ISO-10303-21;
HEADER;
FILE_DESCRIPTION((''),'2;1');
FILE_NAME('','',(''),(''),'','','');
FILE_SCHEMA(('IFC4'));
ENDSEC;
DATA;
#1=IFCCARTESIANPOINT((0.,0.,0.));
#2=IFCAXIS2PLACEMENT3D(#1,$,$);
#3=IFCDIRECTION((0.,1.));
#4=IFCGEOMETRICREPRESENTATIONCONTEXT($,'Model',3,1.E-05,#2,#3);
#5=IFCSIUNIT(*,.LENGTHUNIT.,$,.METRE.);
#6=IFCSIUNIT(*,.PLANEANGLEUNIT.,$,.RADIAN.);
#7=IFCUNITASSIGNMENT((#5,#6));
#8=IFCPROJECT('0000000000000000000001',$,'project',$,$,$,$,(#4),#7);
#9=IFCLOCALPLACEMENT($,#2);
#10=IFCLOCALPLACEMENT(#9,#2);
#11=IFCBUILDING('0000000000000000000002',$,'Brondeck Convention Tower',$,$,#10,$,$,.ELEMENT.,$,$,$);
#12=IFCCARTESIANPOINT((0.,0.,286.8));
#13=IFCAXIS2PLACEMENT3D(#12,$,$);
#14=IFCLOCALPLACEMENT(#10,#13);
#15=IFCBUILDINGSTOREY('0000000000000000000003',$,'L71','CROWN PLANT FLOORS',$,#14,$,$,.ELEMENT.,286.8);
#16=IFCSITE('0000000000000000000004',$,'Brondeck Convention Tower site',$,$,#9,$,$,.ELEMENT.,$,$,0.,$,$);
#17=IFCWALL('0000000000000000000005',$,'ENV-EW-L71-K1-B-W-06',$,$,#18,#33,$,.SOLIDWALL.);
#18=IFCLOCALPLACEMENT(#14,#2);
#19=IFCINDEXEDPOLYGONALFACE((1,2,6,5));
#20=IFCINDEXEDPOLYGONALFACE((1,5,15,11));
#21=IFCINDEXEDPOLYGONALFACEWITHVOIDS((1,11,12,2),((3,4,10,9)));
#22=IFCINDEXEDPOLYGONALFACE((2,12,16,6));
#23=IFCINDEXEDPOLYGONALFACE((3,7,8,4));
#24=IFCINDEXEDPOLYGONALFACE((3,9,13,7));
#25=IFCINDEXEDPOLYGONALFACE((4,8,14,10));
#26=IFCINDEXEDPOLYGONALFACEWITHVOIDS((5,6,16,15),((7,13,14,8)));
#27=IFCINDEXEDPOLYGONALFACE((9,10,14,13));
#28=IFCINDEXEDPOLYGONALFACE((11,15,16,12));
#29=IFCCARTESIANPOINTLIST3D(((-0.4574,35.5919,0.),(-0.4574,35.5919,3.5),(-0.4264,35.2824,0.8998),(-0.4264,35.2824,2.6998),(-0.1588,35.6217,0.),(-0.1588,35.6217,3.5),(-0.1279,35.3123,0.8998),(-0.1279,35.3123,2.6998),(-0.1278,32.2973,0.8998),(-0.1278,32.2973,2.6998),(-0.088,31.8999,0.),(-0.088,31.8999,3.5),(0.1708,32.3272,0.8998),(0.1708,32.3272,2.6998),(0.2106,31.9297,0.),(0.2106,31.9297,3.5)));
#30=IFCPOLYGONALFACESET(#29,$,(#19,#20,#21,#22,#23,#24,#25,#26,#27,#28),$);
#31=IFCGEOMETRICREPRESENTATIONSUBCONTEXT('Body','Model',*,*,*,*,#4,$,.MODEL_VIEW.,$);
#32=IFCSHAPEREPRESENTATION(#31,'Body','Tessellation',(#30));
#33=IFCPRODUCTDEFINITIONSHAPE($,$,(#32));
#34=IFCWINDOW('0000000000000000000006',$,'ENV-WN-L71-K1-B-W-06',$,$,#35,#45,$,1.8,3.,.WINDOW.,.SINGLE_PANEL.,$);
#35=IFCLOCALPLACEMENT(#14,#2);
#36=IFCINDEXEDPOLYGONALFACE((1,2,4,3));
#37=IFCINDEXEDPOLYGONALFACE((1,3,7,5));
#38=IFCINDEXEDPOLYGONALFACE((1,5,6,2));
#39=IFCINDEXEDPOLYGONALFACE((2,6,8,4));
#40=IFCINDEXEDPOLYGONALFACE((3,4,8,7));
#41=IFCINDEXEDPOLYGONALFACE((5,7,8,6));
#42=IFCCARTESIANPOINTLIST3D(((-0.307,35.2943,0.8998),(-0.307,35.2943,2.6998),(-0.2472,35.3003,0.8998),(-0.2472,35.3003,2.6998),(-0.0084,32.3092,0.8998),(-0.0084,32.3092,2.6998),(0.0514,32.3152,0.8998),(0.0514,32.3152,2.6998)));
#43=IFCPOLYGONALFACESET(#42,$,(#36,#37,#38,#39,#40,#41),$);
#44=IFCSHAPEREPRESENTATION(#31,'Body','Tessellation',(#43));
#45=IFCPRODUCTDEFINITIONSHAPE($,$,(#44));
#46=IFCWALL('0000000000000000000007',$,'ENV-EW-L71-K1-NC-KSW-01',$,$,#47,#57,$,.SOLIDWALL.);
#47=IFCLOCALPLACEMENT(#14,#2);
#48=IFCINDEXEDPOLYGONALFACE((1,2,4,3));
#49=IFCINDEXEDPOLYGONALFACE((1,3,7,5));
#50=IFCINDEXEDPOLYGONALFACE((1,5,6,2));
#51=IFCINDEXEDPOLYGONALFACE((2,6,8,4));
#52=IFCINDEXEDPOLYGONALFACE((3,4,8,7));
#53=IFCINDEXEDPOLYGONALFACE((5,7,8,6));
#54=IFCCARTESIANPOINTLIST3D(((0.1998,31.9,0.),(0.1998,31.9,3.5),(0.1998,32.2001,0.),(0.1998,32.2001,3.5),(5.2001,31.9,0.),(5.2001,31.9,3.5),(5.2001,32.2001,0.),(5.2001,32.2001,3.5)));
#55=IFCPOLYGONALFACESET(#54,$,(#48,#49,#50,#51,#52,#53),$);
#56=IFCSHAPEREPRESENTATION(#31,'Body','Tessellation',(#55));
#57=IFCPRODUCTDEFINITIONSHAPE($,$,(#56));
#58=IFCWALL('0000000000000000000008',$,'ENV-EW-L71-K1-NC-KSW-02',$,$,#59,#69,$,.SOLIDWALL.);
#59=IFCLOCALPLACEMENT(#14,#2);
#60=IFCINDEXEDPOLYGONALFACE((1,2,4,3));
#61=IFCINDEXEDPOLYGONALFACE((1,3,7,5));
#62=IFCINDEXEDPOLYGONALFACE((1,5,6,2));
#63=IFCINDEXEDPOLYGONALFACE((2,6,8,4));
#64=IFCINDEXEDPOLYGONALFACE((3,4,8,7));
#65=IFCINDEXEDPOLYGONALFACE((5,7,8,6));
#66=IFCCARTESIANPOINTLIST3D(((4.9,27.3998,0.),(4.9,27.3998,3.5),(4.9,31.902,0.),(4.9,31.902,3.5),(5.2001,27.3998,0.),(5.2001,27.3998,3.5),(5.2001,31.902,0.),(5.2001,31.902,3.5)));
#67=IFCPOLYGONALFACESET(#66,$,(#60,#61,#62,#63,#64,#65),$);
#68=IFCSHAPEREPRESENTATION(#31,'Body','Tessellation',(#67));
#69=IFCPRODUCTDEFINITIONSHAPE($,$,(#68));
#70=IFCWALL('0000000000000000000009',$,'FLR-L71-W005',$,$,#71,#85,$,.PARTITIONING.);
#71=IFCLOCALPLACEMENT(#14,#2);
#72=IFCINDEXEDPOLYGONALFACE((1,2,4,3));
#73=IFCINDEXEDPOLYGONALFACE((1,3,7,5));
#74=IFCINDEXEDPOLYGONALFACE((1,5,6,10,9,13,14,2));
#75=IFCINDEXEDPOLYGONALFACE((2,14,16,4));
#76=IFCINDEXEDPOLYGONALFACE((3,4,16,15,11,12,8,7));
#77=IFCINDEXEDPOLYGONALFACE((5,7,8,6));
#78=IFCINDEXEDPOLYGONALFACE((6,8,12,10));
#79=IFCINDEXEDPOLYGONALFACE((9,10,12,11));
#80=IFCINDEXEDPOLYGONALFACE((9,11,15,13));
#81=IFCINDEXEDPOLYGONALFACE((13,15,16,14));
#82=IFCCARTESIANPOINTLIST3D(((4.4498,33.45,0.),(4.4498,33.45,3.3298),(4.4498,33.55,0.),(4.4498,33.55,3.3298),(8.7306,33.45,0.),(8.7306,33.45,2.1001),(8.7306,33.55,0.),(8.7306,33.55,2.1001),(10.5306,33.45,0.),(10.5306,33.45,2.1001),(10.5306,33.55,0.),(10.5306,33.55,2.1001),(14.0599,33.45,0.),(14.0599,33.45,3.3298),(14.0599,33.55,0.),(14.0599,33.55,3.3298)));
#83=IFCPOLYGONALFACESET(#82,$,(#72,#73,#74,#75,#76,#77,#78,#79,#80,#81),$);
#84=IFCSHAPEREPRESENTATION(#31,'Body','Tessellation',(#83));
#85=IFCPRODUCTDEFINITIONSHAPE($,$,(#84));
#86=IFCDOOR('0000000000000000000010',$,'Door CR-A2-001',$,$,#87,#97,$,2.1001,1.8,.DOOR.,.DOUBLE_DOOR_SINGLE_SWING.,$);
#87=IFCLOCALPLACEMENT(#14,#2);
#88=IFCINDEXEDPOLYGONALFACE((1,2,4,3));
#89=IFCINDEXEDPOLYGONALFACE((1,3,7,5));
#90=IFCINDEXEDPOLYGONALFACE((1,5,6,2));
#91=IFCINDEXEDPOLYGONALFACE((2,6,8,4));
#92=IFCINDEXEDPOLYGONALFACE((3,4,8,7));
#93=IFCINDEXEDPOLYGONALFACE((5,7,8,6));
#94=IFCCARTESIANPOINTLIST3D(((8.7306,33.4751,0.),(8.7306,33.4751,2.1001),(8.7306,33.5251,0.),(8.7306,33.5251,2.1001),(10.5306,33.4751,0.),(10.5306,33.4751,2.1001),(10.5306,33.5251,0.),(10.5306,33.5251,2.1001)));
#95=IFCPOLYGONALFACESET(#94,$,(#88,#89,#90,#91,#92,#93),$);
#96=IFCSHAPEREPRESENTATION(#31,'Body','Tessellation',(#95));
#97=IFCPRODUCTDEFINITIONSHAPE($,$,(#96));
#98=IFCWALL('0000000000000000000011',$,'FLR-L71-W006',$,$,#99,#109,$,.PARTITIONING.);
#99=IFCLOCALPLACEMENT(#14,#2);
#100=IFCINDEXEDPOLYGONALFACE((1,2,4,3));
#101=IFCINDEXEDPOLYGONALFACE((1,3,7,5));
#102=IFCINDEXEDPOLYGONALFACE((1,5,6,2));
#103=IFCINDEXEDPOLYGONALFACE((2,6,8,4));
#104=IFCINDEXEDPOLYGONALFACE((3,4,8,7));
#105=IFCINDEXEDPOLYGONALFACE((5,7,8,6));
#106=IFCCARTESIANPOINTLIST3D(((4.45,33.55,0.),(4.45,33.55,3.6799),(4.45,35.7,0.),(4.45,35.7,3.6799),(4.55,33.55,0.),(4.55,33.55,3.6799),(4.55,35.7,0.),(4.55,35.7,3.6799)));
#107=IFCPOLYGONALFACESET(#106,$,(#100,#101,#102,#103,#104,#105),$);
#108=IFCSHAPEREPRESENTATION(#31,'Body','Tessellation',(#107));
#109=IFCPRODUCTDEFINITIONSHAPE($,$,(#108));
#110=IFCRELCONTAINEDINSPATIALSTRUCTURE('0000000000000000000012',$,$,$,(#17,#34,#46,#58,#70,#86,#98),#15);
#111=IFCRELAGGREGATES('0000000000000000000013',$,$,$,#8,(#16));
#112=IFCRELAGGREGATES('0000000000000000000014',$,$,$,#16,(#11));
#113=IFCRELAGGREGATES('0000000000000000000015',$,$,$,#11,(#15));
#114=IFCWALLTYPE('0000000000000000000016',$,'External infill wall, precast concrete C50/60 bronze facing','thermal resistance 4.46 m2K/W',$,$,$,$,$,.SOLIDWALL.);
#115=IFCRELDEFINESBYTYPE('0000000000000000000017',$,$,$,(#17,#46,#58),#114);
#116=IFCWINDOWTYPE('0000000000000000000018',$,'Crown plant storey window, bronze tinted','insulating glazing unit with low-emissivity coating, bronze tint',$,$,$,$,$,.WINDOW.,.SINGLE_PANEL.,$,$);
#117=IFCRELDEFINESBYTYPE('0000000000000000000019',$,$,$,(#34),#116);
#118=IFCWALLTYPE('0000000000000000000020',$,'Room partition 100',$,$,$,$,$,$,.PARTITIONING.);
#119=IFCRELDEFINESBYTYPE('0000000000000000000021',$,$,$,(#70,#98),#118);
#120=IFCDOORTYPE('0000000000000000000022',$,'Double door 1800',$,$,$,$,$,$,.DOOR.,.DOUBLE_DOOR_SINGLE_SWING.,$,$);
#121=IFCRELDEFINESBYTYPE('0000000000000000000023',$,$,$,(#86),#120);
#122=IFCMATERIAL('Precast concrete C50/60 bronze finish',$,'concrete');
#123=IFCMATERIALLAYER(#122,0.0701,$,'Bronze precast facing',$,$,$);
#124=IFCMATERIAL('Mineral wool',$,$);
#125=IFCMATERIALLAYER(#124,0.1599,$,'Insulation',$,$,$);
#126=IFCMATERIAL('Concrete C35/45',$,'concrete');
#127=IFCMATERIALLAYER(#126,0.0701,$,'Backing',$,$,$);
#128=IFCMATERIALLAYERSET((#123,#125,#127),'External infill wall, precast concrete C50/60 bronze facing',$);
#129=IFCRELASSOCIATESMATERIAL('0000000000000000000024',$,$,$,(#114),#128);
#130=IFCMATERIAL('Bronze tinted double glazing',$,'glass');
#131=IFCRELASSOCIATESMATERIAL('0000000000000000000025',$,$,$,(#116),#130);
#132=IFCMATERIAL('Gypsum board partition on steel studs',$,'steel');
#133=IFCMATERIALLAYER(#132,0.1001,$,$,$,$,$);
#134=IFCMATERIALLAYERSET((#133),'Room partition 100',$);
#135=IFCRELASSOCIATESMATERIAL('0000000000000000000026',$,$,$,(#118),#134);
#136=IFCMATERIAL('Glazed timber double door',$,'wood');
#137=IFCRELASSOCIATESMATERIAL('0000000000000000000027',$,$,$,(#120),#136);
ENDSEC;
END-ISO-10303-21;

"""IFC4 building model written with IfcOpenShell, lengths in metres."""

from ifc_helpers import new_model, si_unit, direction, frame, frame_2d, origin, place, context, subcontext, project, spatial, rectangle, extrude, material, layer, layer_set, type_object, element, fill, save


model = new_model("IFC4")

# Units and contexts
model_context = context("Model", 3, precision=1e-05, world=origin(), true_north=direction((0.0, 1.0)))
body_context = subcontext(model_context, "Body", "Model", "MODEL_VIEW")
ifc_project = project(units=[si_unit("LENGTHUNIT", "METRE"), si_unit("PLANEANGLEUNIT", "RADIAN")], contexts=[model_context])

# Site, building, storey
site_placement = place(None, origin())
site = spatial("IfcSite", under=ifc_project, at=site_placement, Name="Brondeck Convention Tower site", CompositionType="ELEMENT", RefElevation=0.0)
building_placement = place(site_placement, origin())
building = spatial("IfcBuilding", under=site, at=building_placement, Name="Brondeck Convention Tower", CompositionType="ELEMENT")
storey_placement = place(building_placement, frame((0.0, 0.0, 286.8)))
storey = spatial("IfcBuildingStorey", under=building, at=storey_placement, Name="L71", Description="CROWN PLANT FLOORS", CompositionType="ELEMENT", Elevation=286.8)

# Shared definitions
ifc_material_1 = material(Name="Concrete C35/45", Category="concrete")

# Shared definitions
ifc_material_2 = material(Name="Precast concrete C50/60 bronze finish", Category="concrete")
ifc_layer_1 = layer(ifc_material_2, 0.0701, Name="Bronze precast facing")
ifc_material_3 = material(Name="Mineral wool")
ifc_layer_2 = layer(ifc_material_3, 0.1599, Name="Insulation")
ifc_layer_3 = layer(ifc_material_1, 0.0701, Name="Backing")
ifc_layer_set_1 = layer_set([ifc_layer_1, ifc_layer_2, ifc_layer_3], Name="External infill wall, precast concrete C50/60 bronze facing")
wall_type_1 = type_object("IfcWallType", Name="External infill wall, precast concrete C50/60 bronze facing", Description="thermal resistance 4.46 m2K/W", PredefinedType="SOLIDWALL", material=ifc_layer_set_1)
ifc_material_4 = material(Name="Bronze tinted double glazing", Category="glass")
window_type = type_object("IfcWindowType", Name="Crown plant storey window, bronze tinted", Description="insulating glazing unit with low-emissivity coating, bronze tint", PartitioningType="SINGLE_PANEL", PredefinedType="WINDOW", material=ifc_material_4)

# Wall, opening, window
wall_1_placement = place(storey_placement, frame((0.0613, 31.9148, 0.0), z_axis=(0.0, 0.0, 1.0), x_axis=(-0.099549, 0.995033, 0.0)))
wall_1 = element("IfcWall", 1, at=wall_1_placement, inside=storey, type_object=wall_type_1, Name="ENV-EW-L71-K1-B-W-06", PredefinedType="SOLIDWALL", context=body_context, shape_type="SweptSolid", body=[
    extrude(rectangle(XDim=3.7104, YDim=0.3, at=frame_2d((1.8552, 0.0))), origin(), (0.0, 0.0, 1.0), 3.5),
])
opening_1_placement = place(wall_1_placement, frame((0.3994, 0.0, 0.8999)))
opening_1 = element("IfcOpeningElement", 2, at=opening_1_placement, cuts=wall_1, PredefinedType="OPENING", context=body_context, shape_type="SweptSolid", body=[
    extrude(rectangle(XDim=3.0, YDim=1.8, at=frame_2d((1.5, 0.8999))), frame((0.0, 0.1599, 0.0), z_axis=(0.0, -1.0, 0.0), x_axis=(1.0, 0.0, 0.0)), (0.0, 0.0, 1.0), 0.3201),
])
window_1_placement = place(opening_1_placement, origin())
window_1 = element("IfcWindow", 3, at=window_1_placement, inside=storey, type_object=window_type, Name="ENV-WN-L71-K1-B-W-06", OverallHeight=1.8, OverallWidth=3.0, PartitioningType="SINGLE_PANEL", PredefinedType="WINDOW", context=body_context, shape_type="SweptSolid", body=[
    extrude(rectangle(XDim=3.0, YDim=1.8, at=frame_2d((1.5, 0.8999))), frame((0.0, 0.03, 0.0), z_axis=(0.0, -1.0, 0.0), x_axis=(1.0, 0.0, 0.0)), (0.0, 0.0, 1.0), 0.0601),
])
fill(opening_1, window_1)

# Walls
wall_2_placement = place(storey_placement, frame((5.2, 32.05, 0.0), z_axis=(0.0, 0.0, 1.0), x_axis=(-1.0, 0.0, 0.0)))
element("IfcWall", 4, at=wall_2_placement, inside=storey, type_object=wall_type_1, Name="ENV-EW-L71-K1-NC-KSW-01", PredefinedType="SOLIDWALL", context=body_context, shape_type="SweptSolid", body=[
    extrude(rectangle(XDim=5.0002, YDim=0.3, at=frame_2d((2.5, 0.0))), origin(), (0.0, 0.0, 1.0), 3.5),
])
wall_3_placement = place(storey_placement, frame((5.05, 27.3999, 0.0), z_axis=(0.0, 0.0, 1.0), x_axis=(0.0, 1.0, 0.0)))
element("IfcWall", 5, at=wall_3_placement, inside=storey, type_object=wall_type_1, Name="ENV-EW-L71-K1-NC-KSW-02", PredefinedType="SOLIDWALL", context=body_context, shape_type="SweptSolid", body=[
    extrude(rectangle(XDim=4.5022, YDim=0.3, at=frame_2d((2.251, 0.0))), origin(), (0.0, 0.0, 1.0), 3.5),
])

# Wall, opening, door
ifc_material_5 = material(Name="Gypsum board partition on steel studs", Category="steel")
ifc_layer_4 = layer(ifc_material_5, 0.1001)
ifc_layer_set_2 = layer_set([ifc_layer_4], Name="Room partition 100")
wall_type_2 = type_object("IfcWallType", Name="Room partition 100", PredefinedType="PARTITIONING", material=ifc_layer_set_2)
wall_4_placement = place(storey_placement, frame((14.0601, 33.5, 0.0), z_axis=(0.0, 0.0, 1.0), x_axis=(-1.0, 0.0, 0.0)))
wall_4 = element("IfcWall", 6, at=wall_4_placement, inside=storey, type_object=wall_type_2, Name="FLR-L71-W005", PredefinedType="PARTITIONING", context=body_context, shape_type="SweptSolid", body=[
    extrude(rectangle(XDim=9.6101, YDim=0.1001, at=frame_2d((4.8052, 0.0))), origin(), (0.0, 0.0, 1.0), 3.3298),
])
opening_2_placement = place(wall_4_placement, frame((3.5295, 0.0, 0.0)))
opening_2 = element("IfcOpeningElement", 7, at=opening_2_placement, cuts=wall_4, PredefinedType="OPENING", context=body_context, shape_type="SweptSolid", body=[
    extrude(rectangle(XDim=1.8, YDim=2.1001, at=frame_2d((0.8999, 1.05))), frame((0.0, 0.0601, 0.0), z_axis=(0.0, -1.0, 0.0), x_axis=(1.0, 0.0, 0.0)), (0.0, 0.0, 1.0), 0.1201),
])
ifc_material_6 = material(Name="Glazed timber double door", Category="wood")
door_type = type_object("IfcDoorType", Name="Double door 1800", OperationType="DOUBLE_DOOR_SINGLE_SWING", PredefinedType="DOOR", material=ifc_material_6)
door_placement = place(opening_2_placement, origin())
door = element("IfcDoor", 8, at=door_placement, inside=storey, type_object=door_type, Name="Door CR-A2-001", OperationType="DOUBLE_DOOR_SINGLE_SWING", OverallHeight=2.1001, OverallWidth=1.8, PredefinedType="DOOR", context=body_context, shape_type="SweptSolid", body=[
    extrude(rectangle(XDim=1.8, YDim=2.1001, at=frame_2d((0.8999, 1.05))), frame((0.0, 0.0249, 0.0), z_axis=(0.0, -1.0, 0.0), x_axis=(1.0, 0.0, 0.0)), (0.0, 0.0, 1.0), 0.05),
])
fill(opening_2, door)

# Wall
wall_5_placement = place(storey_placement, frame((4.5, 33.55, 0.0), z_axis=(0.0, 0.0, 1.0), x_axis=(0.0, 1.0, 0.0)))
element("IfcWall", 9, at=wall_5_placement, inside=storey, type_object=wall_type_2, Name="FLR-L71-W006", PredefinedType="PARTITIONING", context=body_context, shape_type="SweptSolid", body=[
    extrude(rectangle(XDim=2.1499, YDim=0.1001, at=frame_2d((1.075, 0.0))), origin(), (0.0, 0.0, 1.0), 3.6799),
])

save(model, "model.ifc")
